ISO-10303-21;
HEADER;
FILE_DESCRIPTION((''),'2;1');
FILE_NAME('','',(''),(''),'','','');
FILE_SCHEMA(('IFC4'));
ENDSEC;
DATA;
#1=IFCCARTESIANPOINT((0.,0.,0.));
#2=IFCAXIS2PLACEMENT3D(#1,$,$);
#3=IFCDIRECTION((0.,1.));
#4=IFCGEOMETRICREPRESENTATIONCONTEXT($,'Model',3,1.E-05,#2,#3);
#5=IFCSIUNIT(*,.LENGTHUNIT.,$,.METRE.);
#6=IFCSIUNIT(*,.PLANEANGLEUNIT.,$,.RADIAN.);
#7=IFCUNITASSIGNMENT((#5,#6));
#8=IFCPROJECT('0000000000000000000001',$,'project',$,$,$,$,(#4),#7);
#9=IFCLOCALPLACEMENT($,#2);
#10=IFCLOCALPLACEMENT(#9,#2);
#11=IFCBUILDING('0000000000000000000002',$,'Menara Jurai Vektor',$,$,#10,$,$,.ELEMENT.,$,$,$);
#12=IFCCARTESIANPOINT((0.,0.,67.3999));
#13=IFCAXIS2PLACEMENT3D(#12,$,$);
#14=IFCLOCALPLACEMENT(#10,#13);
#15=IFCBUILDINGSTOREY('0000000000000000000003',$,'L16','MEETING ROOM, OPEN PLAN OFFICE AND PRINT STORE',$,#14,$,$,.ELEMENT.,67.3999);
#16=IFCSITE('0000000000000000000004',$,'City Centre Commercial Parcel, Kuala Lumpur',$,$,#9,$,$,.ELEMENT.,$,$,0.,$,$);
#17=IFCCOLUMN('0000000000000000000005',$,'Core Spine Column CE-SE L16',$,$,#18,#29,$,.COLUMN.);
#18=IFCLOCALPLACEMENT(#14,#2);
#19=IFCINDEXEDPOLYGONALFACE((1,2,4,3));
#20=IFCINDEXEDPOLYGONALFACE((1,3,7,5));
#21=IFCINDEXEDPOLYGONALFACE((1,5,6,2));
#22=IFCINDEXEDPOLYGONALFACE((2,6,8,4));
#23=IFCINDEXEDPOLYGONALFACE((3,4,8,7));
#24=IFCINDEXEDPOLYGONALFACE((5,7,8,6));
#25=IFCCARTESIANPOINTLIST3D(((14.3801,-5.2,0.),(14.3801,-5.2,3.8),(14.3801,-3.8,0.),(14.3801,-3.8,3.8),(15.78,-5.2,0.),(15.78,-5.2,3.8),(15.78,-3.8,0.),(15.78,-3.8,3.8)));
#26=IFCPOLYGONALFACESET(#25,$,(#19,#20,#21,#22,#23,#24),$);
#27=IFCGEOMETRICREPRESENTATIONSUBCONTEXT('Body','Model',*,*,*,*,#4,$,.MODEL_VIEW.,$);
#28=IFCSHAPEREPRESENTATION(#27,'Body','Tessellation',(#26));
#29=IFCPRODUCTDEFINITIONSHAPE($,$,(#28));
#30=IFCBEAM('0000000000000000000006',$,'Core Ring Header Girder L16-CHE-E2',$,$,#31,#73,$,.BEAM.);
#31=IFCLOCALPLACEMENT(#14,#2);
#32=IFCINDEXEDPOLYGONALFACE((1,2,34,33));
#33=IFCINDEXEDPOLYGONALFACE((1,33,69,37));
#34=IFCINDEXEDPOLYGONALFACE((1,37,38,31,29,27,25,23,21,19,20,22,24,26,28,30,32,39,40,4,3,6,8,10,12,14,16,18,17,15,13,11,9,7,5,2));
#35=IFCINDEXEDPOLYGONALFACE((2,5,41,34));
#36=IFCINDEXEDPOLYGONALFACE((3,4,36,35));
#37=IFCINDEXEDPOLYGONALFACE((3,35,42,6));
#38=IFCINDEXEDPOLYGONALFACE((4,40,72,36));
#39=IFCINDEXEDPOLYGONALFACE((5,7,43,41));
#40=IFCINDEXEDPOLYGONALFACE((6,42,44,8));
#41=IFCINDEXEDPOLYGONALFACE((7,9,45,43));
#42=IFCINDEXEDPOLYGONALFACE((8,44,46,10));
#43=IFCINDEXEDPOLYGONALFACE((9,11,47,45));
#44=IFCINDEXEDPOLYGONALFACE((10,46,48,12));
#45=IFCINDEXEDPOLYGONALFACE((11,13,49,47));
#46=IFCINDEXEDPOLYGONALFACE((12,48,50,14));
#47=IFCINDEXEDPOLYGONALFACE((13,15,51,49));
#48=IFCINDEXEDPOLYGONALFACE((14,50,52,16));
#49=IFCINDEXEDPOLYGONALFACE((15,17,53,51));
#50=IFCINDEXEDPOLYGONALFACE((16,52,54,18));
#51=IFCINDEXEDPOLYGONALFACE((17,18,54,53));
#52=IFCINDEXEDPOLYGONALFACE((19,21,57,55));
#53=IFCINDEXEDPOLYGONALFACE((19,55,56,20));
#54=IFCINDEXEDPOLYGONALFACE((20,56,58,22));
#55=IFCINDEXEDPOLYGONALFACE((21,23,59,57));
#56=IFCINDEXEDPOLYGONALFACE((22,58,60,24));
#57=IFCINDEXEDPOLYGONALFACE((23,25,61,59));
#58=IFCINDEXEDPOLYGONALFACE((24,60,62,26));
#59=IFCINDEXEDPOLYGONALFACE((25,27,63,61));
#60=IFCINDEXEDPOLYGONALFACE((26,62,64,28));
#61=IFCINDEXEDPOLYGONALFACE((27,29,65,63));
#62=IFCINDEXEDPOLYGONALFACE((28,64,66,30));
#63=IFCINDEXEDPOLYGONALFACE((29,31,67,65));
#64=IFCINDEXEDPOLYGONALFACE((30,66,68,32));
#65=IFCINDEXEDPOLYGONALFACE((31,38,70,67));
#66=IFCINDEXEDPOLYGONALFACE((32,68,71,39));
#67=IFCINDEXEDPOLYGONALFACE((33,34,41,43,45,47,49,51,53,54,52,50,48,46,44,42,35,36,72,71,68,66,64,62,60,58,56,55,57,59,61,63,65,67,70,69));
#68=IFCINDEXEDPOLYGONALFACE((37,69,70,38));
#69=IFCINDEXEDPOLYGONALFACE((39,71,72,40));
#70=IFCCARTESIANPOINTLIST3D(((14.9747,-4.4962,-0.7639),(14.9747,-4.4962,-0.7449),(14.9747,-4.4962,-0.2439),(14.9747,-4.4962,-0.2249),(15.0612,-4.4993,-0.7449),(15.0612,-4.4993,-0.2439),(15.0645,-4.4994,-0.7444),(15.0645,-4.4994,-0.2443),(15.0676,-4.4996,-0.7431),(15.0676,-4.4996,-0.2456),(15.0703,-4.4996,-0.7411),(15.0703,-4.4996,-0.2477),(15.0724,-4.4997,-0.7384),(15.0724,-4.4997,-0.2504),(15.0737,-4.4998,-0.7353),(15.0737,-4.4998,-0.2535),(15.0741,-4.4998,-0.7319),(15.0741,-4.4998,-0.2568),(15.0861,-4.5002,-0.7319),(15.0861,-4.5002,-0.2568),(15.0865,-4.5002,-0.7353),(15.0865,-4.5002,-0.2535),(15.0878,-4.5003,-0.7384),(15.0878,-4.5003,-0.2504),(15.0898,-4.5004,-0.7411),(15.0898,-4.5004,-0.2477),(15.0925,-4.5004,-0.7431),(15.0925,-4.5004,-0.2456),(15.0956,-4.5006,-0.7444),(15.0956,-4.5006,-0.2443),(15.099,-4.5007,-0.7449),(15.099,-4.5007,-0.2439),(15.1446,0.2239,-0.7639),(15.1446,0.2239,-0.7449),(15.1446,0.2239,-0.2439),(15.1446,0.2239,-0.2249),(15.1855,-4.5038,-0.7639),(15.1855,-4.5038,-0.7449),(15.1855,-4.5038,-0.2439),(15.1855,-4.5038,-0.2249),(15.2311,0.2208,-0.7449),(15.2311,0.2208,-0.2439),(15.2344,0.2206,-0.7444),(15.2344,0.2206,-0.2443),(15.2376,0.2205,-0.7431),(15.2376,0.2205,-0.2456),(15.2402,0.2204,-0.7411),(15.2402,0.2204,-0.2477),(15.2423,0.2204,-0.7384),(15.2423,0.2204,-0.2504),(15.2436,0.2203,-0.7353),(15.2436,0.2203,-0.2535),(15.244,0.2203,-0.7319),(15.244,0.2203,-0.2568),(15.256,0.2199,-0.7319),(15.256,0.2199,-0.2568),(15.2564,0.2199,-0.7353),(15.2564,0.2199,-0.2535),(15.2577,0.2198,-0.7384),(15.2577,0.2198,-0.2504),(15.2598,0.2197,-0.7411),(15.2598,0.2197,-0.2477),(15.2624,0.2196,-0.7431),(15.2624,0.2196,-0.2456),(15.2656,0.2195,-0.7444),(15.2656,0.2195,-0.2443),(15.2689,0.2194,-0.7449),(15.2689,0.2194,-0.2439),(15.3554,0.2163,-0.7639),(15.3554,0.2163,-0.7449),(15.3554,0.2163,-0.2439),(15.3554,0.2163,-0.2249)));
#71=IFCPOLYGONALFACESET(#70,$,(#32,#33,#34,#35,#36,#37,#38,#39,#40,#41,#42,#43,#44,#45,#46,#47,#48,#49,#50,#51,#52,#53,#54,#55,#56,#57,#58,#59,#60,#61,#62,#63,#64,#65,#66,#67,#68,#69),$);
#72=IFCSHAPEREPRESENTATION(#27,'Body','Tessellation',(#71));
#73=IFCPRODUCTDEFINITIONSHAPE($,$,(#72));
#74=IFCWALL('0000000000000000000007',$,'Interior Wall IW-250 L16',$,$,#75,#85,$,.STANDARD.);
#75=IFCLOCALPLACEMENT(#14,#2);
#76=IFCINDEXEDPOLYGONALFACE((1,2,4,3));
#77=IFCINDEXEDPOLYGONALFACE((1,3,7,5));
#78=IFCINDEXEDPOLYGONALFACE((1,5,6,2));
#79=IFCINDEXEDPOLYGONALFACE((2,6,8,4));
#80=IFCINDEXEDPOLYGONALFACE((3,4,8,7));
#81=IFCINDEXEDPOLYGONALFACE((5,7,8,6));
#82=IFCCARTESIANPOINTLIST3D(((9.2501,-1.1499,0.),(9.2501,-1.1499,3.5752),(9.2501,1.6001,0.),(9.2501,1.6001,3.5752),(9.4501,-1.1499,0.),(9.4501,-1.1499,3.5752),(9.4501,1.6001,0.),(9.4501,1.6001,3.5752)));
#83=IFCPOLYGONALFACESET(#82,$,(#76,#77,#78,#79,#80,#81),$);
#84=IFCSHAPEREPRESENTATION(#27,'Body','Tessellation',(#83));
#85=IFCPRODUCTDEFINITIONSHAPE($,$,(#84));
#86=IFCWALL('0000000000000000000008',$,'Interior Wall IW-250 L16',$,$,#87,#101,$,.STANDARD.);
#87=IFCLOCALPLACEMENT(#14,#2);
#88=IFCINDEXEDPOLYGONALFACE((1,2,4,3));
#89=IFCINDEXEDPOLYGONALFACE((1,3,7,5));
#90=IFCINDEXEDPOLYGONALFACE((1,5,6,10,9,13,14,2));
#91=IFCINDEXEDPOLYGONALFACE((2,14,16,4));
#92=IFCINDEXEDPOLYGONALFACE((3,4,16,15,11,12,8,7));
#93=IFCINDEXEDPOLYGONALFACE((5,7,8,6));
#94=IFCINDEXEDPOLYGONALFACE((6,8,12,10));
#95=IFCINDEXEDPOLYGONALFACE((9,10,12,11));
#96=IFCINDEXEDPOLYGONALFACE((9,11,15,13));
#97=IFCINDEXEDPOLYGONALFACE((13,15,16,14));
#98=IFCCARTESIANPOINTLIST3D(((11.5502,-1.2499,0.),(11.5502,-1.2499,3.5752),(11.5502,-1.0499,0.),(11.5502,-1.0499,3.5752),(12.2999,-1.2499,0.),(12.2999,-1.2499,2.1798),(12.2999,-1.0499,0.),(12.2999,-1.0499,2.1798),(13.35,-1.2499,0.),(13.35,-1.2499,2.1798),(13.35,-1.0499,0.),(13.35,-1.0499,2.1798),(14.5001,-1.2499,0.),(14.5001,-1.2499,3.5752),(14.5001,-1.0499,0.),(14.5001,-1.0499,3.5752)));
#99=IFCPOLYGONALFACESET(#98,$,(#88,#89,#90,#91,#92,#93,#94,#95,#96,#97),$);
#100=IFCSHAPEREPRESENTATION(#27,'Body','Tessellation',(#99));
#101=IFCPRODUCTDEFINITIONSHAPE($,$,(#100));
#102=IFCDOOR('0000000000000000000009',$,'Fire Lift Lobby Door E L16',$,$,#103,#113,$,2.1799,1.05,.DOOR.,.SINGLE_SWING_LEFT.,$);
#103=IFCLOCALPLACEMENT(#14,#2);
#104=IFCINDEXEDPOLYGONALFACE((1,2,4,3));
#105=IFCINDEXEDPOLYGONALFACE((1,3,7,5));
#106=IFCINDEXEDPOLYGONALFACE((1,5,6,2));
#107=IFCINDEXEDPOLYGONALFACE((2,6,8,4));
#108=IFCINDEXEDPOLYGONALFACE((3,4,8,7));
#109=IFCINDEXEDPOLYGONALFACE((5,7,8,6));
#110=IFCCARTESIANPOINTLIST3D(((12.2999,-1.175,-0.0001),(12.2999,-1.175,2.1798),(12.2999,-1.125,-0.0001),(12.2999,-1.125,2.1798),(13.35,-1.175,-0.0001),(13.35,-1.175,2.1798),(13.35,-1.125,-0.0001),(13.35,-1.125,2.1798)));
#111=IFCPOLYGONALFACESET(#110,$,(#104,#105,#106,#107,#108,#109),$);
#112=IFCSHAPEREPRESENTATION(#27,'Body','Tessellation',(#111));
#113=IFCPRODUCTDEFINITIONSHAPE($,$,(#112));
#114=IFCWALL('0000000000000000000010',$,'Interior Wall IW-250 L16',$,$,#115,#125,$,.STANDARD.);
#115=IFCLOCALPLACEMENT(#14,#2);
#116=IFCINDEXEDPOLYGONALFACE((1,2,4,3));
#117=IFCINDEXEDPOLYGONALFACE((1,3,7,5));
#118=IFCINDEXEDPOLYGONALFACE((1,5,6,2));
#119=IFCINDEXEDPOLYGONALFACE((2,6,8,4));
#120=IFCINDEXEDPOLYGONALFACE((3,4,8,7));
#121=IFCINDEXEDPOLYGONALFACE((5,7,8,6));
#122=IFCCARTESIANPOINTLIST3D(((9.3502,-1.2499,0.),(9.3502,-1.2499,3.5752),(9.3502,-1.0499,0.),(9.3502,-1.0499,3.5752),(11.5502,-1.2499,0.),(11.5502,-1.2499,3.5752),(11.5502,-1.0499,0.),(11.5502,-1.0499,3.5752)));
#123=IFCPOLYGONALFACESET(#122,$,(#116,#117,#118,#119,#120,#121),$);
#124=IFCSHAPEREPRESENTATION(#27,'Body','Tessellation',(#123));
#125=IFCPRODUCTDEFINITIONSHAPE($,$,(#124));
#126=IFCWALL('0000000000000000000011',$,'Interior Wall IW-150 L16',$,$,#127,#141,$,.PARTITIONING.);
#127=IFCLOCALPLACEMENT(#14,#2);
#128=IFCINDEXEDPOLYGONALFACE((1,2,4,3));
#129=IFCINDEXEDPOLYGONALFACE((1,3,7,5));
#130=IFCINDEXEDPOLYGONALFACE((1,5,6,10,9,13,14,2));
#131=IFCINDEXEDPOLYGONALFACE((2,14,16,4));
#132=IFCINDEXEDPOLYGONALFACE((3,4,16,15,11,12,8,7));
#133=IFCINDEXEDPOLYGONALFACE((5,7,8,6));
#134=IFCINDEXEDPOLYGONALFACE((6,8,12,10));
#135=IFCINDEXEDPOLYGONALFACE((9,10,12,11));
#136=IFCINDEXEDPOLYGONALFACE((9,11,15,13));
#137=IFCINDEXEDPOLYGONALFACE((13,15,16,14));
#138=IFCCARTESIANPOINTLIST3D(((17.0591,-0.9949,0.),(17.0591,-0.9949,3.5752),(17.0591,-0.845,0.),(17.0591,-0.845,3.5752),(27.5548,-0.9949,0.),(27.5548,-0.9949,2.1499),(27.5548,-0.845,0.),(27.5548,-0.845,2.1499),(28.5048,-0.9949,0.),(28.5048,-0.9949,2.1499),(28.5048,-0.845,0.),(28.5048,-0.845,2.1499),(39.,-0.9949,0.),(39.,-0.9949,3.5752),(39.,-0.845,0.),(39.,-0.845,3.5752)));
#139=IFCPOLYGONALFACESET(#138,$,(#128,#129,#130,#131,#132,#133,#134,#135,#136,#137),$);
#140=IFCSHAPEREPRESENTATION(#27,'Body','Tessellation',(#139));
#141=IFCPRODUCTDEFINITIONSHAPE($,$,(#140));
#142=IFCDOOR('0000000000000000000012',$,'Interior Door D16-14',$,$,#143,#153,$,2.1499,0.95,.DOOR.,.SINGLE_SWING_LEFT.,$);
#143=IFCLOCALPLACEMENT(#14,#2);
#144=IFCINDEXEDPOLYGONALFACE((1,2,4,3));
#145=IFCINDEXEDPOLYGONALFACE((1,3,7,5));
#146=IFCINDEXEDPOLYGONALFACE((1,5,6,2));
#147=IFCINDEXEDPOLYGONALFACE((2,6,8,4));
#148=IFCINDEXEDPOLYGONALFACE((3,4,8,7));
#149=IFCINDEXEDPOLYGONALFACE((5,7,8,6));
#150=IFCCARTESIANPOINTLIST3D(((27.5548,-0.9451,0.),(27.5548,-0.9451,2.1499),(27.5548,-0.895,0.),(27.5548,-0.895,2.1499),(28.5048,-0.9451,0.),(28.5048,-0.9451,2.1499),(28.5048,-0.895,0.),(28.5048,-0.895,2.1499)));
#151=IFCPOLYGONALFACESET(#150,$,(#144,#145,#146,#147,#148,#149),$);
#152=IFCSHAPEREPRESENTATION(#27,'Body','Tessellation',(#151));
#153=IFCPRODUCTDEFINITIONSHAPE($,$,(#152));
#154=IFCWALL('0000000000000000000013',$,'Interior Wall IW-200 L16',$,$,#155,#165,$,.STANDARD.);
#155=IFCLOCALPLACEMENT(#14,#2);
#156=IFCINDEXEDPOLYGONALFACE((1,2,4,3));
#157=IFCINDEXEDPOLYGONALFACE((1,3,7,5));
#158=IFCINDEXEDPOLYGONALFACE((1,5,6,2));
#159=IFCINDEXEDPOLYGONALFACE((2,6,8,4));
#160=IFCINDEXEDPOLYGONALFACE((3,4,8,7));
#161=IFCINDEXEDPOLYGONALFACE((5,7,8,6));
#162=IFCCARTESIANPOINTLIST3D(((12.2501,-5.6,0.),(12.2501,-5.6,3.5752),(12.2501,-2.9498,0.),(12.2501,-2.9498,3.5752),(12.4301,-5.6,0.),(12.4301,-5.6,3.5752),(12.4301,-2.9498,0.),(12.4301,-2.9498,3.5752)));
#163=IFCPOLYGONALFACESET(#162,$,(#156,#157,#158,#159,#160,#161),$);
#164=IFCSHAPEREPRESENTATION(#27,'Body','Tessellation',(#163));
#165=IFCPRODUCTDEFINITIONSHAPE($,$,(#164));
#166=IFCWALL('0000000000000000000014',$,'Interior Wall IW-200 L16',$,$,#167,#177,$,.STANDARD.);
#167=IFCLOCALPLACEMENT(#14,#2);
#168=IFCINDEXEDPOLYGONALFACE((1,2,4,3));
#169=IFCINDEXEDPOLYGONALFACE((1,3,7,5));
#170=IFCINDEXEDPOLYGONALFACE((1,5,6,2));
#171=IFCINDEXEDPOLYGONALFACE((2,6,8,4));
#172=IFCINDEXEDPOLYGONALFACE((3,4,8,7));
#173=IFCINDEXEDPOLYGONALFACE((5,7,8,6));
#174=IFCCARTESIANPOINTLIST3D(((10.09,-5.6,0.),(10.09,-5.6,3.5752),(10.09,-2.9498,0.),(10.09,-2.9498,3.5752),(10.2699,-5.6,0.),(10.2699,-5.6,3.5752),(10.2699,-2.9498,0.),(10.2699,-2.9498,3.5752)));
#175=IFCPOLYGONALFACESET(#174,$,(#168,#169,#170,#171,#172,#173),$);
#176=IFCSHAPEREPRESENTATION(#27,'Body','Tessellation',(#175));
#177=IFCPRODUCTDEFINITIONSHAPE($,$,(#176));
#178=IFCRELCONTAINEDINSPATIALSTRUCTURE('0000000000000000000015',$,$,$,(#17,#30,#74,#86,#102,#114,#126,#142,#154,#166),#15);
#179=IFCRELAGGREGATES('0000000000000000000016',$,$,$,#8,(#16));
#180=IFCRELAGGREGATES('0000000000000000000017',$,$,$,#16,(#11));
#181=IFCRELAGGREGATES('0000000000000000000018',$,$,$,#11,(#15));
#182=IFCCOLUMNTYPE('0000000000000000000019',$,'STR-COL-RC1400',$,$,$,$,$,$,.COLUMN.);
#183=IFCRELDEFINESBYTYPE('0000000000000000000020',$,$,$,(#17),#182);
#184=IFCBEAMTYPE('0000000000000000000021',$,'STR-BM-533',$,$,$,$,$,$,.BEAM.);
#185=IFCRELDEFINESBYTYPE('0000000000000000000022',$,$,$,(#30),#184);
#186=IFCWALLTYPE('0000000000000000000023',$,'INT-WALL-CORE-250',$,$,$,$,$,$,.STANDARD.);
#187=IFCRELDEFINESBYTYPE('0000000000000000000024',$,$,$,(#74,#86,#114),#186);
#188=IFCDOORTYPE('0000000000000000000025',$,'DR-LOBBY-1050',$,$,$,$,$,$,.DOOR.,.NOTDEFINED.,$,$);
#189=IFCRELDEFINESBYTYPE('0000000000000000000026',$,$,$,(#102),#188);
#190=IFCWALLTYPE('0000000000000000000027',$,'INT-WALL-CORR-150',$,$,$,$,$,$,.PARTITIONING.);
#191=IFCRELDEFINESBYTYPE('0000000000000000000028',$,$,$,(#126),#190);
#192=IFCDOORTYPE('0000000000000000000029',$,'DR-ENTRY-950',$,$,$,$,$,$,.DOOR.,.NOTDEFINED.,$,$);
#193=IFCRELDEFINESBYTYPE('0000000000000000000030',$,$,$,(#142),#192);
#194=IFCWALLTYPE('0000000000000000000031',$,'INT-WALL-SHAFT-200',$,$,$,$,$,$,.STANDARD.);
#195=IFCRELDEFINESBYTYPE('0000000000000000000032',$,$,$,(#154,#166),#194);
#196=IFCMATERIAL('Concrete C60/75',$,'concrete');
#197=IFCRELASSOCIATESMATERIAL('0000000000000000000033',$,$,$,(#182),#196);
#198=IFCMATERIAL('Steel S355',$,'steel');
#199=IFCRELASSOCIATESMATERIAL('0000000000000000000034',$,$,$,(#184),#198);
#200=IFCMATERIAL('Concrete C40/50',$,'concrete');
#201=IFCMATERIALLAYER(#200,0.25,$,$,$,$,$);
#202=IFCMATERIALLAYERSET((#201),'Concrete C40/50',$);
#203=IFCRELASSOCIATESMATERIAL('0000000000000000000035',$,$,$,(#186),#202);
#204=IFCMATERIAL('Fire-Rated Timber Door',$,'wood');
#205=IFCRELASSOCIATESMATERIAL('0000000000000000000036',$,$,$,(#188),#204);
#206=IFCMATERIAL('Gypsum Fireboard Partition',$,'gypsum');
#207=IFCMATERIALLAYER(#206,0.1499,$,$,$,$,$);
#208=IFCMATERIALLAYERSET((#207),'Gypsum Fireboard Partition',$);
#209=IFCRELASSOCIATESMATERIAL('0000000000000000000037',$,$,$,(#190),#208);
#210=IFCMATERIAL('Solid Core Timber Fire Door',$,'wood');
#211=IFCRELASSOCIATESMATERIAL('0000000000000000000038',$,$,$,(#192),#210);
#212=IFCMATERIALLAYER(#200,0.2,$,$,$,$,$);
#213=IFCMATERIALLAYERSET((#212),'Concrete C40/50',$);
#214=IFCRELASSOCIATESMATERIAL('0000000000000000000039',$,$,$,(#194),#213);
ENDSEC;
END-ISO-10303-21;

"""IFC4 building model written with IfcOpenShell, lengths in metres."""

from ifc_helpers import new_model, si_unit, direction, frame, frame_2d, origin, origin_2d, place, context, subcontext, project, spatial, rectangle, i_section, extrude, material, layer, layer_set, material_profile, profile_set, type_object, element, fill, save


model = new_model("IFC4")

# Units and contexts
model_context = context("Model", 3, precision=1e-05, world=origin(), true_north=direction((0.0, 1.0)))
body_context = subcontext(model_context, "Body", "Model", "MODEL_VIEW")
ifc_project = project(units=[si_unit("LENGTHUNIT", "METRE"), si_unit("PLANEANGLEUNIT", "RADIAN")], contexts=[model_context])

# Site, building, storey
site_placement = place(None, origin())
site = spatial("IfcSite", under=ifc_project, at=site_placement, Name="City Centre Commercial Parcel, Kuala Lumpur", CompositionType="ELEMENT", RefElevation=0.0)
building_placement = place(site_placement, origin())
building = spatial("IfcBuilding", under=site, at=building_placement, Name="Menara Jurai Vektor", CompositionType="ELEMENT")
storey_placement = place(building_placement, frame((0.0, 0.0, 67.3999)))
storey = spatial("IfcBuildingStorey", under=building, at=storey_placement, Name="L16", Description="MEETING ROOM, OPEN PLAN OFFICE AND PRINT STORE", CompositionType="ELEMENT", Elevation=67.3999)

# Column
ifc_material_1 = material(Name="Concrete C60/75", Category="concrete")
ifc_material_profile_1 = material_profile(ifc_material_1, rectangle(XDim=1.3999, YDim=1.3999, at=origin_2d()), Name="RC 1400x1400")
ifc_profile_set_1 = profile_set([ifc_material_profile_1], Name="Concrete C60/75")
column_type = type_object("IfcColumnType", Name="STR-COL-RC1400", PredefinedType="COLUMN", material=ifc_profile_set_1)
column_placement = place(storey_placement, frame((15.0801, -4.5, 0.0), z_axis=(0.0, 0.0, 1.0), x_axis=(1.0, 0.0, 0.0)))
element("IfcColumn", 1, at=column_placement, inside=storey, type_object=column_type, Name="Core Spine Column CE-SE L16", PredefinedType="COLUMN", context=body_context, shape_type="SweptSolid", body=[
    extrude(rectangle(XDim=1.3999, YDim=1.3999, at=origin_2d()), origin(), (0.0, 0.0, 1.0), 3.8),
])

# Beam
ifc_material_2 = material(Name="Steel S355", Category="steel")
ifc_material_profile_2 = material_profile(ifc_material_2, i_section(OverallWidth=0.2109, OverallDepth=0.5391, WebThickness=0.012, FlangeThickness=0.019, FilletRadius=0.0129, at=origin_2d()), Name="UKB 533x210x109")
ifc_profile_set_2 = profile_set([ifc_material_profile_2], Name="Steel S355")
beam_type = type_object("IfcBeamType", Name="STR-BM-533", PredefinedType="BEAM", material=ifc_profile_set_2)
beam_placement = place(storey_placement, frame((15.0801, -4.5, -0.4944), z_axis=(0.035977, 0.999353, 0.0), x_axis=(-0.999353, 0.035977, 0.0)))
element("IfcBeam", 2, at=beam_placement, inside=storey, type_object=beam_type, Name="Core Ring Header Girder L16-CHE-E2", PredefinedType="BEAM", context=body_context, shape_type="SweptSolid", body=[
    extrude(i_section(OverallWidth=0.2109, OverallDepth=0.5391, WebThickness=0.012, FlangeThickness=0.019, FilletRadius=0.0129, at=origin_2d()), origin(), (0.0, 0.0, 1.0), 4.7231),
])

# Shared definitions
ifc_material_3 = material(Name="Concrete C40/50", Category="concrete")
ifc_layer_1 = layer(ifc_material_3, 0.25)
ifc_layer_set_1 = layer_set([ifc_layer_1], Name="Concrete C40/50")
wall_type_1 = type_object("IfcWallType", Name="INT-WALL-CORE-250", PredefinedType="STANDARD", material=ifc_layer_set_1)

# Wall
wall_1_placement = place(storey_placement, frame((9.3501, -1.1499, 0.0), z_axis=(0.0, 0.0, 1.0), x_axis=(0.0, 1.0, 0.0)))
element("IfcWall", 3, at=wall_1_placement, inside=storey, type_object=wall_type_1, Name="Interior Wall IW-250 L16", PredefinedType="STANDARD", context=body_context, shape_type="SweptSolid", body=[
    extrude(rectangle(XDim=2.75, YDim=0.2, at=frame_2d((1.375, 0.0))), origin(), (0.0, 0.0, 1.0), 3.5752),
])

# Wall, opening, door
wall_2_placement = place(storey_placement, frame((11.55, -1.1499, 0.0), z_axis=(0.0, 0.0, 1.0), x_axis=(1.0, 0.0, 0.0)))
wall_2 = element("IfcWall", 4, at=wall_2_placement, inside=storey, type_object=wall_type_1, Name="Interior Wall IW-250 L16", PredefinedType="STANDARD", context=body_context, shape_type="SweptSolid", body=[
    extrude(rectangle(XDim=2.95, YDim=0.2, at=frame_2d((1.4751, 0.0))), origin(), (0.0, 0.0, 1.0), 3.5752),
])
opening_1_placement = place(wall_2_placement, frame((0.75, 0.0, 0.0)))
opening_1 = element("IfcOpeningElement", 5, at=opening_1_placement, cuts=wall_2, PredefinedType="OPENING", context=body_context, shape_type="SweptSolid", body=[
    extrude(rectangle(XDim=1.05, YDim=2.1799, at=frame_2d((0.5249, 1.0898))), frame((0.0, 0.1099, 0.0), z_axis=(0.0, -1.0, 0.0), x_axis=(1.0, 0.0, 0.0)), (0.0, 0.0, 1.0), 0.22),
])
ifc_material_4 = material(Name="Fire-Rated Timber Door", Category="wood")
door_type_1 = type_object("IfcDoorType", Name="DR-LOBBY-1050", OperationType="NOTDEFINED", PredefinedType="DOOR", material=ifc_material_4)
door_1_placement = place(opening_1_placement, origin())
door_1 = element("IfcDoor", 6, at=door_1_placement, inside=storey, type_object=door_type_1, Name="Fire Lift Lobby Door E L16", OperationType="SINGLE_SWING_LEFT", OverallHeight=2.1799, OverallWidth=1.05, PredefinedType="DOOR", context=body_context, shape_type="SweptSolid", body=[
    extrude(rectangle(XDim=1.05, YDim=2.1799, at=frame_2d((0.5249, 1.0898))), frame((0.0, 0.0249, 0.0), z_axis=(0.0, -1.0, 0.0), x_axis=(1.0, 0.0, 0.0)), (0.0, 0.0, 1.0), 0.05),
])
fill(opening_1, door_1)

# Wall
wall_3_placement = place(storey_placement, frame((9.3501, -1.1499, 0.0), z_axis=(0.0, 0.0, 1.0), x_axis=(1.0, 0.0, 0.0)))
element("IfcWall", 7, at=wall_3_placement, inside=storey, type_object=wall_type_1, Name="Interior Wall IW-250 L16", PredefinedType="STANDARD", context=body_context, shape_type="SweptSolid", body=[
    extrude(rectangle(XDim=2.2, YDim=0.2, at=frame_2d((1.1001, 0.0))), origin(), (0.0, 0.0, 1.0), 3.5752),
])

# Wall, opening, door
ifc_material_5 = material(Name="Gypsum Fireboard Partition", Category="gypsum")
ifc_layer_2 = layer(ifc_material_5, 0.1499)
ifc_layer_set_2 = layer_set([ifc_layer_2], Name="Gypsum Fireboard Partition")
wall_type_2 = type_object("IfcWallType", Name="INT-WALL-CORR-150", PredefinedType="PARTITIONING", material=ifc_layer_set_2)
wall_4_placement = place(storey_placement, frame((17.0591, -0.9199, 0.0), z_axis=(0.0, 0.0, 1.0), x_axis=(1.0, 0.0, 0.0)))
wall_4 = element("IfcWall", 8, at=wall_4_placement, inside=storey, type_object=wall_type_2, Name="Interior Wall IW-150 L16", PredefinedType="PARTITIONING", context=body_context, shape_type="SweptSolid", body=[
    extrude(rectangle(XDim=21.9409, YDim=0.1499, at=frame_2d((10.9705, 0.0))), origin(), (0.0, 0.0, 1.0), 3.5752),
])
opening_2_placement = place(wall_4_placement, frame((10.4956, 0.0, 0.0)))
opening_2 = element("IfcOpeningElement", 9, at=opening_2_placement, cuts=wall_4, PredefinedType="OPENING", context=body_context, shape_type="SweptSolid", body=[
    extrude(rectangle(XDim=0.95, YDim=2.1499, at=frame_2d((0.4751, 1.075))), frame((0.0, 0.085, 0.0), z_axis=(0.0, -1.0, 0.0), x_axis=(1.0, 0.0, 0.0)), (0.0, 0.0, 1.0), 0.1699),
])
ifc_material_6 = material(Name="Solid Core Timber Fire Door", Category="wood")
door_type_2 = type_object("IfcDoorType", Name="DR-ENTRY-950", OperationType="NOTDEFINED", PredefinedType="DOOR", material=ifc_material_6)
door_2_placement = place(opening_2_placement, origin())
door_2 = element("IfcDoor", 10, at=door_2_placement, inside=storey, type_object=door_type_2, Name="Interior Door D16-14", OperationType="SINGLE_SWING_LEFT", OverallHeight=2.1499, OverallWidth=0.95, PredefinedType="DOOR", context=body_context, shape_type="SweptSolid", body=[
    extrude(rectangle(XDim=0.95, YDim=2.1499, at=frame_2d((0.4751, 1.075))), frame((0.0, 0.0249, 0.0), z_axis=(0.0, -1.0, 0.0), x_axis=(1.0, 0.0, 0.0)), (0.0, 0.0, 1.0), 0.05),
])
fill(opening_2, door_2)
ifc_layer_3 = layer(ifc_material_3, 0.2)
ifc_layer_set_3 = layer_set([ifc_layer_3], Name="Concrete C40/50")
wall_type_3 = type_object("IfcWallType", Name="INT-WALL-SHAFT-200", PredefinedType="STANDARD", material=ifc_layer_set_3)

# Walls
for number, where, z_axis, x_axis, name in (
    (11, (12.3401, -5.6001, 0.0), (0.0, 0.0, 1.0), (0.0, 1.0, 0.0), "Interior Wall IW-200 L16"),
    (12, (10.1799, -5.6001, 0.0), (0.0, 0.0, 1.0), (0.0, 1.0, 0.0), "Interior Wall IW-200 L16"),
):
    element("IfcWall", number, at=place(storey_placement, frame(where, z_axis=z_axis, x_axis=x_axis)), inside=storey, type_object=wall_type_3, Name=name, PredefinedType="STANDARD", context=body_context, shape_type="SweptSolid", body=[
        extrude(rectangle(XDim=2.6501, YDim=0.1799, at=frame_2d((1.3252, 0.0))), origin(), (0.0, 0.0, 1.0), 3.5752),
    ])

save(model, "model.ifc")
